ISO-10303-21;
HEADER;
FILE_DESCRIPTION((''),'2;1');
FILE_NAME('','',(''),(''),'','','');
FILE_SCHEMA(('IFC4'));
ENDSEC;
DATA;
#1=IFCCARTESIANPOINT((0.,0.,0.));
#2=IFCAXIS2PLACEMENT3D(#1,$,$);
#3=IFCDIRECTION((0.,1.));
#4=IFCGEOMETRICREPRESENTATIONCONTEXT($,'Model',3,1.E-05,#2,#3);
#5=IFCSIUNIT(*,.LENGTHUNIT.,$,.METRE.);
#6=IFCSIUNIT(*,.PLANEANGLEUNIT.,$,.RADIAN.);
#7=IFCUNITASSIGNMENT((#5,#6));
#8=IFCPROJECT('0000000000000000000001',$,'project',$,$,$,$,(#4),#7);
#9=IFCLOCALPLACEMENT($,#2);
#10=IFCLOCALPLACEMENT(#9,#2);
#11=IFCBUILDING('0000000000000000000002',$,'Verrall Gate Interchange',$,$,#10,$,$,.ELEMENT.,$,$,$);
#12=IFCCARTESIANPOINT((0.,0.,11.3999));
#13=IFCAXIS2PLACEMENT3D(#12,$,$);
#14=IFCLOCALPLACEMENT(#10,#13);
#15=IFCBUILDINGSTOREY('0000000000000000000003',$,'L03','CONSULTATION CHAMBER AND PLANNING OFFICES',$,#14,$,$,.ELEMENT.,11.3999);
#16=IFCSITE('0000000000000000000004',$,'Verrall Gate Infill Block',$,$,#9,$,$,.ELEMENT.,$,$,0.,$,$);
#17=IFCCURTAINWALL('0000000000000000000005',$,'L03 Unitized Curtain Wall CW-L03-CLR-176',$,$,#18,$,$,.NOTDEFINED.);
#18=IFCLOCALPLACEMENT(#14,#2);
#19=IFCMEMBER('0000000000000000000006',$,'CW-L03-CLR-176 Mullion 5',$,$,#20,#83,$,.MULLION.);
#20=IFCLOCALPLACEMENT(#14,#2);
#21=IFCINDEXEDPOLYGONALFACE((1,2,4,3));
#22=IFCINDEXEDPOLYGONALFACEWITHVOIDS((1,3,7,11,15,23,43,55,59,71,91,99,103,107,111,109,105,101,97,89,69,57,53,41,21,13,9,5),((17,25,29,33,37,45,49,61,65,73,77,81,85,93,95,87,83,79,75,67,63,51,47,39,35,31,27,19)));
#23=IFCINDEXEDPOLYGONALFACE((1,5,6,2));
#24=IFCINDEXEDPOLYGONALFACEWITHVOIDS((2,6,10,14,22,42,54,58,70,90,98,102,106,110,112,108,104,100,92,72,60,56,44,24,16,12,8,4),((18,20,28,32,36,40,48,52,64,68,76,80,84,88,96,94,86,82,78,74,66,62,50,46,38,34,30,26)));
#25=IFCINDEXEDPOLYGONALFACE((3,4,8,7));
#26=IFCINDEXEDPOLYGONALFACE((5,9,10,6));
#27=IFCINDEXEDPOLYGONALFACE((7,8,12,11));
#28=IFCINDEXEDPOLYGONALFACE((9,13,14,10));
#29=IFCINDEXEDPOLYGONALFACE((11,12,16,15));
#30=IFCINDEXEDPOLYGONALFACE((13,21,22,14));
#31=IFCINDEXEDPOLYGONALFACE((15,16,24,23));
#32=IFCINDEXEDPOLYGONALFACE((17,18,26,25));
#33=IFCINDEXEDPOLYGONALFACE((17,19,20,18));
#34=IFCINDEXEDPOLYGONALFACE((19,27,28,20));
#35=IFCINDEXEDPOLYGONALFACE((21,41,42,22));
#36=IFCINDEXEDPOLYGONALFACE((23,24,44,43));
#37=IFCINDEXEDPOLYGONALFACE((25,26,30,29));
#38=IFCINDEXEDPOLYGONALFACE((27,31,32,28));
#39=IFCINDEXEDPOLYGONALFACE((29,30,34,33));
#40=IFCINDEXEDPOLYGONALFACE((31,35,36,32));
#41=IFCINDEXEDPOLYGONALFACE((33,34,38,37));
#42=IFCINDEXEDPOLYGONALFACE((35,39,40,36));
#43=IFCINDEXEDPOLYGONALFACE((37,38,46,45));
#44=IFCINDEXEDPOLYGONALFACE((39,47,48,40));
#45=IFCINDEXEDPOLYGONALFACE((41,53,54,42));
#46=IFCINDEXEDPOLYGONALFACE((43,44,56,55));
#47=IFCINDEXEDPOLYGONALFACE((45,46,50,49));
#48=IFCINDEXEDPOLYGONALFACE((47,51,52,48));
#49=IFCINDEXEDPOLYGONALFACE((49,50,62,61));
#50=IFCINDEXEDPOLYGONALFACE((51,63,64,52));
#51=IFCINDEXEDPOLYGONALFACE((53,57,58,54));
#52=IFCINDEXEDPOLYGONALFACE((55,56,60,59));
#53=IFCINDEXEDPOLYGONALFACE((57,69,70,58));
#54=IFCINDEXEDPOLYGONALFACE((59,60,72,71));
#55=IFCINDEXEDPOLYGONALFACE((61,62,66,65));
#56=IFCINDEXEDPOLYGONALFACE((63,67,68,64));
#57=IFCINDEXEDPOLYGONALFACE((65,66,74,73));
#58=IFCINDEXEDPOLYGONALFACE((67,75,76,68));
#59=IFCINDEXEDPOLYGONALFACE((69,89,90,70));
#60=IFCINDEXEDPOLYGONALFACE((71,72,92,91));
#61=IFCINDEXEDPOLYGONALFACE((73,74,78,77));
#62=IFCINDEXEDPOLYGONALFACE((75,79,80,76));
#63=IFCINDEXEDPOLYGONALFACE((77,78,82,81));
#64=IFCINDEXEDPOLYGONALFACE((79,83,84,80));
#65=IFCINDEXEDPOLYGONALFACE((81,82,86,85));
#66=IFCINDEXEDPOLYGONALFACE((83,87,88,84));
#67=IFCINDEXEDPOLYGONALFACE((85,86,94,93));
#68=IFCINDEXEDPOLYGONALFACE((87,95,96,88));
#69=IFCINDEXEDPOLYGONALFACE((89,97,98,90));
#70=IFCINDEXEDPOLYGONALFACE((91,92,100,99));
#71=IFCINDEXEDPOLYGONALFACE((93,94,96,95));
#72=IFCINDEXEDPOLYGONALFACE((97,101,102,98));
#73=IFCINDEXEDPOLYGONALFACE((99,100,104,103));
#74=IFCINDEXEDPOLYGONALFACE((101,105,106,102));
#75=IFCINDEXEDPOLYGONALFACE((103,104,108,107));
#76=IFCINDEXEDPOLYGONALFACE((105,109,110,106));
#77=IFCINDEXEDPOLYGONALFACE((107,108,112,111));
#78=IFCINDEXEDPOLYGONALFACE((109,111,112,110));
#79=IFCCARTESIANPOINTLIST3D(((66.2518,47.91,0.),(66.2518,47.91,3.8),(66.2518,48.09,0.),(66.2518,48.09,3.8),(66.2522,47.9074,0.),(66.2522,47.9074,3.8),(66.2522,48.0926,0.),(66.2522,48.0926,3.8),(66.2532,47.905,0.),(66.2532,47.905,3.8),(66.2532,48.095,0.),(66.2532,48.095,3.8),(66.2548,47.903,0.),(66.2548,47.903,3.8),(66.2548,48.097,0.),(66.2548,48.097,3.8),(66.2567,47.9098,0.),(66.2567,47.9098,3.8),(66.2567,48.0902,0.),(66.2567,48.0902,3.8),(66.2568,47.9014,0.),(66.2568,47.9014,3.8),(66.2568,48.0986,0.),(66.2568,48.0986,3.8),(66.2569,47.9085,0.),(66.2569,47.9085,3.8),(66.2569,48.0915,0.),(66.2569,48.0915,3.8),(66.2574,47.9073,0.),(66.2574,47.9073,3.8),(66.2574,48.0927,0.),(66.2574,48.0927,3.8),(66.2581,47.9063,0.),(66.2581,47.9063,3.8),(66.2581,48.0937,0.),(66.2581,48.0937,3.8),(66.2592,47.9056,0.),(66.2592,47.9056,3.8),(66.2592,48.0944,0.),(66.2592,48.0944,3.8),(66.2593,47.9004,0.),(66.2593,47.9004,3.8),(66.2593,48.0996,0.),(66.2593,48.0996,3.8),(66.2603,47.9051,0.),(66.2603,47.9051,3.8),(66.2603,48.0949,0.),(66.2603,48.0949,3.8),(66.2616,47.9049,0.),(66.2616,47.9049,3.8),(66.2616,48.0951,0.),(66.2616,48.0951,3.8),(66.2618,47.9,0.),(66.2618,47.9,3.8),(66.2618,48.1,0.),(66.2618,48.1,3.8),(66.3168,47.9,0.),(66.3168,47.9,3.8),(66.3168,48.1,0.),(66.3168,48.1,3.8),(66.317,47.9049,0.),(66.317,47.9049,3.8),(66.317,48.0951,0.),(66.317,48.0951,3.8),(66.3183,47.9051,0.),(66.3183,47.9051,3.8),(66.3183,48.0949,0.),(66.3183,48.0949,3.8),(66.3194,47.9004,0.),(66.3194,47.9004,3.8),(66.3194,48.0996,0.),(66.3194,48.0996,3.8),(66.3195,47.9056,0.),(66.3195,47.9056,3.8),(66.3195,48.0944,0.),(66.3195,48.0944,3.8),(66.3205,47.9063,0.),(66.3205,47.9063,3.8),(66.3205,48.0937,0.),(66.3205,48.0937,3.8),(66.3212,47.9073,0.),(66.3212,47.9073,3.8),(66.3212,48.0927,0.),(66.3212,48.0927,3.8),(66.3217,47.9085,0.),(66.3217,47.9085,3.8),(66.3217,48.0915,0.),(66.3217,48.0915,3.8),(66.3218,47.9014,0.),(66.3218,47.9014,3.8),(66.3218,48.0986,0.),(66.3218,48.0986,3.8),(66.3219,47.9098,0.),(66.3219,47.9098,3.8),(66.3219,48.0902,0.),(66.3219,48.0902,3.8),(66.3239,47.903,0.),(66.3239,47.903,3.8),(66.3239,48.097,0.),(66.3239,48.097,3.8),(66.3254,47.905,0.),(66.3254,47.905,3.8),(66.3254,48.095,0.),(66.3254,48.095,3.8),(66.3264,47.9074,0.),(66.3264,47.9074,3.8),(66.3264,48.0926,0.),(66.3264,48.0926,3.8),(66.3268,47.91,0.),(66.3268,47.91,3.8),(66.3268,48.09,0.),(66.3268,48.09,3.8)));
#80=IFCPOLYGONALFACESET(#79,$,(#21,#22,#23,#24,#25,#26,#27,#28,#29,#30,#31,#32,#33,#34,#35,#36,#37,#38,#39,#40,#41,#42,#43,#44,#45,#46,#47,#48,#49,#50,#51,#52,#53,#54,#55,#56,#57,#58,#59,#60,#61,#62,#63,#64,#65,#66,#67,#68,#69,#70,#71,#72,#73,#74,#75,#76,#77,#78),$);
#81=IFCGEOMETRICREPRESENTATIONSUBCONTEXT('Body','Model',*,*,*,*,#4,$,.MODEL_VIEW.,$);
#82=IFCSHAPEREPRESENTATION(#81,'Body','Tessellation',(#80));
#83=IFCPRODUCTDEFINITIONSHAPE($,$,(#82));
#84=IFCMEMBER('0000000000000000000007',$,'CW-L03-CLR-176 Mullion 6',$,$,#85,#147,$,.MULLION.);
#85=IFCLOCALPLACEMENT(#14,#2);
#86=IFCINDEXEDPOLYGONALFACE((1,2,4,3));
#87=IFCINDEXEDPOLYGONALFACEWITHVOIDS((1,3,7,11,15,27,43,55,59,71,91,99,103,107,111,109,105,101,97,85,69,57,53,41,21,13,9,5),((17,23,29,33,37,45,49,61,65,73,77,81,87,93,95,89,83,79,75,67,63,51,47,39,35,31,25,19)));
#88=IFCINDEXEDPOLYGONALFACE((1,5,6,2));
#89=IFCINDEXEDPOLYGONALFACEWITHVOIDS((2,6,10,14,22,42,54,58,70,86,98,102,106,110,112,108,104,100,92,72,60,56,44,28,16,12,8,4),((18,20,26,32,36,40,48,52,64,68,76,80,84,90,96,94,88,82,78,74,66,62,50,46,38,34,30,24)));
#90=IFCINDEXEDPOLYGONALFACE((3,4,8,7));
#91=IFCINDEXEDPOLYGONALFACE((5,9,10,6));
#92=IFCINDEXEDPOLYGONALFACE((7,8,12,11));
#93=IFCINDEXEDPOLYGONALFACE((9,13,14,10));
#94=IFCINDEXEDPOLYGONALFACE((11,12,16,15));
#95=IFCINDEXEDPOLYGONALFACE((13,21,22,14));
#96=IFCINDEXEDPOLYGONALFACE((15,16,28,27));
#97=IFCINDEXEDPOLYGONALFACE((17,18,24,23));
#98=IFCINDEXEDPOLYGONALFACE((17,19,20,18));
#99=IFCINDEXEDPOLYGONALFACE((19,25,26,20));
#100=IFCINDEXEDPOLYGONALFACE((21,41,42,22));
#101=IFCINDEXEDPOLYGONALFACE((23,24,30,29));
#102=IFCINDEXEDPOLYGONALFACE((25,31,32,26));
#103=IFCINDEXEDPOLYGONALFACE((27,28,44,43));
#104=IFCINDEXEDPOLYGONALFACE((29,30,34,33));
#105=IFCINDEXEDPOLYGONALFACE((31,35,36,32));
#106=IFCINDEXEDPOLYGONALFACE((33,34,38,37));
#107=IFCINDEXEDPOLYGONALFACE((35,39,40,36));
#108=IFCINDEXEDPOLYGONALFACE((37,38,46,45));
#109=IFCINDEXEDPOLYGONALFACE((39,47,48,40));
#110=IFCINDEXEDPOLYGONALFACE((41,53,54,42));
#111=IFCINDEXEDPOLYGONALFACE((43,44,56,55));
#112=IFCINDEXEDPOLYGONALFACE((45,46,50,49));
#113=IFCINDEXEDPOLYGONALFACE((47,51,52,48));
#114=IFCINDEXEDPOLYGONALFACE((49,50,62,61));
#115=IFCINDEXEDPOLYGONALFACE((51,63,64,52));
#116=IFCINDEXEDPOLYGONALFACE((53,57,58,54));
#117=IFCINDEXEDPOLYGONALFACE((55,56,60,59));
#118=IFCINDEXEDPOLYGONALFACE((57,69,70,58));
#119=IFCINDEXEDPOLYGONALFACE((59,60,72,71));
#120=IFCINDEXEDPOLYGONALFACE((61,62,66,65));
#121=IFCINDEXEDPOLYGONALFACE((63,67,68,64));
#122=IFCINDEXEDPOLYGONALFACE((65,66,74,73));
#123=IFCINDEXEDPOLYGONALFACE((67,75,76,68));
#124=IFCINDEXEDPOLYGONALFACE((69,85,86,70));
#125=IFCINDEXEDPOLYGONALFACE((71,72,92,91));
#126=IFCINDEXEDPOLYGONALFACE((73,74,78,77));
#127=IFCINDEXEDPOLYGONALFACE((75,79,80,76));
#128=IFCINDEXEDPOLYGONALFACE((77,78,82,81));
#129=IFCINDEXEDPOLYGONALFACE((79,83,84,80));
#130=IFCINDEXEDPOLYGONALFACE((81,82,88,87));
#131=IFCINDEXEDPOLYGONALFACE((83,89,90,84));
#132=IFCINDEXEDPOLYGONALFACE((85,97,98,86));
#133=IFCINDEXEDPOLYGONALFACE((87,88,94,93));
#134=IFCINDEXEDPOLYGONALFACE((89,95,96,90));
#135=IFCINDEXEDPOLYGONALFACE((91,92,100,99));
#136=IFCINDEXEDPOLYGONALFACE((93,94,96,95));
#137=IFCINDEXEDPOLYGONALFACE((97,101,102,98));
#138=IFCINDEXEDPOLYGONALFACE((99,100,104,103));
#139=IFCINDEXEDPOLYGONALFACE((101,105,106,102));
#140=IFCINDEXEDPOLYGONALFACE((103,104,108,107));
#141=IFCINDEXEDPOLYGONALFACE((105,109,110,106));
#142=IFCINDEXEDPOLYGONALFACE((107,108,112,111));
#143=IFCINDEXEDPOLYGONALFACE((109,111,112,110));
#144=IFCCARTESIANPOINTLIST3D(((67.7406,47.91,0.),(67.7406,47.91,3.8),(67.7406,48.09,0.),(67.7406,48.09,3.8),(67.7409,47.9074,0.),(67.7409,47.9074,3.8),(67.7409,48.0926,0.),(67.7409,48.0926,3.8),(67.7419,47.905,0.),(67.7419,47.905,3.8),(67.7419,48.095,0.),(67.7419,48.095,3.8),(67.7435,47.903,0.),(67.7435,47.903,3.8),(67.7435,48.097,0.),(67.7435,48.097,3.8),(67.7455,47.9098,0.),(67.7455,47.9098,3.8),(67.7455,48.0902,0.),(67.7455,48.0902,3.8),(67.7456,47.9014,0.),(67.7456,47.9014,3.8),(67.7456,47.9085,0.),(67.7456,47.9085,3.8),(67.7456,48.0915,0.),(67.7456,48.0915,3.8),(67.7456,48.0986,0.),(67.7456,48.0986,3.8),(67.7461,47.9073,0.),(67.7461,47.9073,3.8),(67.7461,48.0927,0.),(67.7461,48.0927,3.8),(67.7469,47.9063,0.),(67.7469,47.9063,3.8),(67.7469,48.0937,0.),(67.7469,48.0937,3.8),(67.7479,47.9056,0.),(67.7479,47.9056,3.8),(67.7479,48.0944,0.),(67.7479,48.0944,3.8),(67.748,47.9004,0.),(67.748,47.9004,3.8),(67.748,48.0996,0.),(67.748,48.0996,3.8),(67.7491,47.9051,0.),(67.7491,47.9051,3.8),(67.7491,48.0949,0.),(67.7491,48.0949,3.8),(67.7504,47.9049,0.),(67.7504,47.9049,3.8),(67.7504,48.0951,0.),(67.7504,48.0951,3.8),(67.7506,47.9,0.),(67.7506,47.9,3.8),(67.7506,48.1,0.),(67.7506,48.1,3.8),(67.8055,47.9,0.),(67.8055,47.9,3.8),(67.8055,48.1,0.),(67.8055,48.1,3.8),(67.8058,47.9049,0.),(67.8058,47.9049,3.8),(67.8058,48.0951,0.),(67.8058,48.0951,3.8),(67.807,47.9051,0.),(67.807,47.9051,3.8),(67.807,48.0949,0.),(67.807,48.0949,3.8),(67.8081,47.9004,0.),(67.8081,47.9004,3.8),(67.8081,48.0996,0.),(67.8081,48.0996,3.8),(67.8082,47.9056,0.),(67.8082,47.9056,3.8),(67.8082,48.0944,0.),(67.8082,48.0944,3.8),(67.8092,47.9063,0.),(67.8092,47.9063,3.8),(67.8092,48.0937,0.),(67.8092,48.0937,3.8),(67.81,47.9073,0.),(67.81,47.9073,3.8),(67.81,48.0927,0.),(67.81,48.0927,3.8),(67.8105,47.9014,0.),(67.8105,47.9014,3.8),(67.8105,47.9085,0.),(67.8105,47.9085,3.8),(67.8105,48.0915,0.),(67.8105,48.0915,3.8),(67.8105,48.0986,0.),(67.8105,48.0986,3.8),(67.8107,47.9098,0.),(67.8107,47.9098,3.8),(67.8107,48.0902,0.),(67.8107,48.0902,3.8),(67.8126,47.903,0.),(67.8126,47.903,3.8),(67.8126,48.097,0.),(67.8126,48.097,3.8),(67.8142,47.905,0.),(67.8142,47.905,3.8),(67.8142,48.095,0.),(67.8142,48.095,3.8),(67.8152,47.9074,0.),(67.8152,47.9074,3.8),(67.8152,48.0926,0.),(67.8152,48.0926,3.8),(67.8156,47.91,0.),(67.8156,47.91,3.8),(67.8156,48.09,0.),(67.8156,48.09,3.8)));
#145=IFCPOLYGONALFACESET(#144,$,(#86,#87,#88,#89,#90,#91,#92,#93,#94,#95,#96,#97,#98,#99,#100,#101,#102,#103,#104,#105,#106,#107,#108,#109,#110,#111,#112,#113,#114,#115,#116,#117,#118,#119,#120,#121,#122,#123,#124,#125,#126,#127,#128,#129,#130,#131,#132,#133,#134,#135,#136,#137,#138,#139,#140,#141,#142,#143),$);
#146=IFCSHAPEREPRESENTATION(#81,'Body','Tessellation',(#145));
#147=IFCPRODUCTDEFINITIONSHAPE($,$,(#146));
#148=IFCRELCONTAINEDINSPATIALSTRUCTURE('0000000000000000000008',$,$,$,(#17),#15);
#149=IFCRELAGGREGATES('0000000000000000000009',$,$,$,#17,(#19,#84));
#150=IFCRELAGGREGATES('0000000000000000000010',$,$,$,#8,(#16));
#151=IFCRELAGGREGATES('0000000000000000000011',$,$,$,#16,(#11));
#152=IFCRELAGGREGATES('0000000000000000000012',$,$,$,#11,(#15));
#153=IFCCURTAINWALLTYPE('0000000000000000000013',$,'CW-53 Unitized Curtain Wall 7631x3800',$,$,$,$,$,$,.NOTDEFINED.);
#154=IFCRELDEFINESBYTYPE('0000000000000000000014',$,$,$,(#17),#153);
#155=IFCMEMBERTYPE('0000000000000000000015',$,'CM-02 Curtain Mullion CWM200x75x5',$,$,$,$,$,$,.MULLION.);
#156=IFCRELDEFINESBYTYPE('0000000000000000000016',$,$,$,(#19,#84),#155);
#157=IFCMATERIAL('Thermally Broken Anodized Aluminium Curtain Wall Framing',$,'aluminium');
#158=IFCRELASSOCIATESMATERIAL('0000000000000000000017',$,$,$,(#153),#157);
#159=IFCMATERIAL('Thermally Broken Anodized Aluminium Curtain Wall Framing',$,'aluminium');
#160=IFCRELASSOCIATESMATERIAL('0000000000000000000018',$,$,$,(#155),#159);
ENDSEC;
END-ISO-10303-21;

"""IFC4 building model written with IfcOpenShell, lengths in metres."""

from ifc_helpers import new_model, si_unit, direction, frame, origin, origin_2d, place, context, subcontext, project, spatial, hollow_rectangle, extrude, material, material_profile, profile_set, type_object, element, aggregate, save


model = new_model("IFC4")

# Units and contexts
model_context = context("Model", 3, precision=1e-05, world=origin(), true_north=direction((0.0, 1.0)))
body_context = subcontext(model_context, "Body", "Model", "MODEL_VIEW")
ifc_project = project(units=[si_unit("LENGTHUNIT", "METRE"), si_unit("PLANEANGLEUNIT", "RADIAN")], contexts=[model_context])

# Site, building, storey
site_placement = place(None, origin())
site = spatial("IfcSite", under=ifc_project, at=site_placement, Name="Verrall Gate Infill Block", CompositionType="ELEMENT", RefElevation=0.0)
building_placement = place(site_placement, origin())
building = spatial("IfcBuilding", under=site, at=building_placement, Name="Verrall Gate Interchange", CompositionType="ELEMENT")
storey_placement = place(building_placement, frame((0.0, 0.0, 11.3999)))
storey = spatial("IfcBuildingStorey", under=building, at=storey_placement, Name="L03", Description="CONSULTATION CHAMBER AND PLANNING OFFICES", CompositionType="ELEMENT", Elevation=11.3999)

# Curtain wall, members
ifc_material_1 = material(Name="Thermally Broken Anodized Aluminium Curtain Wall Framing", Category="aluminium")
curtain_wall_type = type_object("IfcCurtainWallType", Name="CW-53 Unitized Curtain Wall 7631x3800", PredefinedType="NOTDEFINED", material=ifc_material_1)
curtain_wall_1_placement = place(storey_placement, origin())
curtain_wall_1 = element("IfcCurtainWall", 1, at=curtain_wall_1_placement, inside=storey, type_object=curtain_wall_type, Name="L03 Unitized Curtain Wall CW-L03-CLR-176", PredefinedType="NOTDEFINED")
ifc_material_2 = material(Name="Thermally Broken Anodized Aluminium Curtain Wall Framing", Category="aluminium")
ifc_material_profile_1 = material_profile(ifc_material_2, hollow_rectangle(XDim=0.075, YDim=0.2, WallThickness=0.0049, InnerFilletRadius=0.0049, OuterFilletRadius=0.01, at=origin_2d()), Name="CWM200x75x5")
ifc_profile_set_1 = profile_set([ifc_material_profile_1], Name="Thermally Broken Anodized Aluminium Curtain Wall Framing")
member_type_1 = type_object("IfcMemberType", Name="CM-02 Curtain Mullion CWM200x75x5", PredefinedType="MULLION", material=ifc_profile_set_1)
member_1_placement = place(storey_placement, frame((66.2893, 48.0, 0.0), z_axis=(0.0, 0.0, 1.0), x_axis=(1.0, 0.0, 0.0)))
member_1 = element("IfcMember", 2, at=member_1_placement, type_object=member_type_1, Name="CW-L03-CLR-176 Mullion 5", PredefinedType="MULLION", context=body_context, shape_type="SweptSolid", body=[
    extrude(hollow_rectangle(XDim=0.075, YDim=0.2, WallThickness=0.0049, InnerFilletRadius=0.0049, OuterFilletRadius=0.01, at=origin_2d()), origin(), (0.0, 0.0, 1.0), 3.8),
])
member_2_placement = place(storey_placement, frame((67.7781, 48.0, 0.0), z_axis=(0.0, 0.0, 1.0), x_axis=(1.0, 0.0, 0.0)))
member_2 = element("IfcMember", 3, at=member_2_placement, type_object=member_type_1, Name="CW-L03-CLR-176 Mullion 6", PredefinedType="MULLION", context=body_context, shape_type="SweptSolid", body=[
    extrude(hollow_rectangle(XDim=0.075, YDim=0.2, WallThickness=0.0049, InnerFilletRadius=0.0049, OuterFilletRadius=0.01, at=origin_2d()), origin(), (0.0, 0.0, 1.0), 3.8),
])

aggregate(curtain_wall_1, [member_1, member_2])

save(model, "model.ifc")
